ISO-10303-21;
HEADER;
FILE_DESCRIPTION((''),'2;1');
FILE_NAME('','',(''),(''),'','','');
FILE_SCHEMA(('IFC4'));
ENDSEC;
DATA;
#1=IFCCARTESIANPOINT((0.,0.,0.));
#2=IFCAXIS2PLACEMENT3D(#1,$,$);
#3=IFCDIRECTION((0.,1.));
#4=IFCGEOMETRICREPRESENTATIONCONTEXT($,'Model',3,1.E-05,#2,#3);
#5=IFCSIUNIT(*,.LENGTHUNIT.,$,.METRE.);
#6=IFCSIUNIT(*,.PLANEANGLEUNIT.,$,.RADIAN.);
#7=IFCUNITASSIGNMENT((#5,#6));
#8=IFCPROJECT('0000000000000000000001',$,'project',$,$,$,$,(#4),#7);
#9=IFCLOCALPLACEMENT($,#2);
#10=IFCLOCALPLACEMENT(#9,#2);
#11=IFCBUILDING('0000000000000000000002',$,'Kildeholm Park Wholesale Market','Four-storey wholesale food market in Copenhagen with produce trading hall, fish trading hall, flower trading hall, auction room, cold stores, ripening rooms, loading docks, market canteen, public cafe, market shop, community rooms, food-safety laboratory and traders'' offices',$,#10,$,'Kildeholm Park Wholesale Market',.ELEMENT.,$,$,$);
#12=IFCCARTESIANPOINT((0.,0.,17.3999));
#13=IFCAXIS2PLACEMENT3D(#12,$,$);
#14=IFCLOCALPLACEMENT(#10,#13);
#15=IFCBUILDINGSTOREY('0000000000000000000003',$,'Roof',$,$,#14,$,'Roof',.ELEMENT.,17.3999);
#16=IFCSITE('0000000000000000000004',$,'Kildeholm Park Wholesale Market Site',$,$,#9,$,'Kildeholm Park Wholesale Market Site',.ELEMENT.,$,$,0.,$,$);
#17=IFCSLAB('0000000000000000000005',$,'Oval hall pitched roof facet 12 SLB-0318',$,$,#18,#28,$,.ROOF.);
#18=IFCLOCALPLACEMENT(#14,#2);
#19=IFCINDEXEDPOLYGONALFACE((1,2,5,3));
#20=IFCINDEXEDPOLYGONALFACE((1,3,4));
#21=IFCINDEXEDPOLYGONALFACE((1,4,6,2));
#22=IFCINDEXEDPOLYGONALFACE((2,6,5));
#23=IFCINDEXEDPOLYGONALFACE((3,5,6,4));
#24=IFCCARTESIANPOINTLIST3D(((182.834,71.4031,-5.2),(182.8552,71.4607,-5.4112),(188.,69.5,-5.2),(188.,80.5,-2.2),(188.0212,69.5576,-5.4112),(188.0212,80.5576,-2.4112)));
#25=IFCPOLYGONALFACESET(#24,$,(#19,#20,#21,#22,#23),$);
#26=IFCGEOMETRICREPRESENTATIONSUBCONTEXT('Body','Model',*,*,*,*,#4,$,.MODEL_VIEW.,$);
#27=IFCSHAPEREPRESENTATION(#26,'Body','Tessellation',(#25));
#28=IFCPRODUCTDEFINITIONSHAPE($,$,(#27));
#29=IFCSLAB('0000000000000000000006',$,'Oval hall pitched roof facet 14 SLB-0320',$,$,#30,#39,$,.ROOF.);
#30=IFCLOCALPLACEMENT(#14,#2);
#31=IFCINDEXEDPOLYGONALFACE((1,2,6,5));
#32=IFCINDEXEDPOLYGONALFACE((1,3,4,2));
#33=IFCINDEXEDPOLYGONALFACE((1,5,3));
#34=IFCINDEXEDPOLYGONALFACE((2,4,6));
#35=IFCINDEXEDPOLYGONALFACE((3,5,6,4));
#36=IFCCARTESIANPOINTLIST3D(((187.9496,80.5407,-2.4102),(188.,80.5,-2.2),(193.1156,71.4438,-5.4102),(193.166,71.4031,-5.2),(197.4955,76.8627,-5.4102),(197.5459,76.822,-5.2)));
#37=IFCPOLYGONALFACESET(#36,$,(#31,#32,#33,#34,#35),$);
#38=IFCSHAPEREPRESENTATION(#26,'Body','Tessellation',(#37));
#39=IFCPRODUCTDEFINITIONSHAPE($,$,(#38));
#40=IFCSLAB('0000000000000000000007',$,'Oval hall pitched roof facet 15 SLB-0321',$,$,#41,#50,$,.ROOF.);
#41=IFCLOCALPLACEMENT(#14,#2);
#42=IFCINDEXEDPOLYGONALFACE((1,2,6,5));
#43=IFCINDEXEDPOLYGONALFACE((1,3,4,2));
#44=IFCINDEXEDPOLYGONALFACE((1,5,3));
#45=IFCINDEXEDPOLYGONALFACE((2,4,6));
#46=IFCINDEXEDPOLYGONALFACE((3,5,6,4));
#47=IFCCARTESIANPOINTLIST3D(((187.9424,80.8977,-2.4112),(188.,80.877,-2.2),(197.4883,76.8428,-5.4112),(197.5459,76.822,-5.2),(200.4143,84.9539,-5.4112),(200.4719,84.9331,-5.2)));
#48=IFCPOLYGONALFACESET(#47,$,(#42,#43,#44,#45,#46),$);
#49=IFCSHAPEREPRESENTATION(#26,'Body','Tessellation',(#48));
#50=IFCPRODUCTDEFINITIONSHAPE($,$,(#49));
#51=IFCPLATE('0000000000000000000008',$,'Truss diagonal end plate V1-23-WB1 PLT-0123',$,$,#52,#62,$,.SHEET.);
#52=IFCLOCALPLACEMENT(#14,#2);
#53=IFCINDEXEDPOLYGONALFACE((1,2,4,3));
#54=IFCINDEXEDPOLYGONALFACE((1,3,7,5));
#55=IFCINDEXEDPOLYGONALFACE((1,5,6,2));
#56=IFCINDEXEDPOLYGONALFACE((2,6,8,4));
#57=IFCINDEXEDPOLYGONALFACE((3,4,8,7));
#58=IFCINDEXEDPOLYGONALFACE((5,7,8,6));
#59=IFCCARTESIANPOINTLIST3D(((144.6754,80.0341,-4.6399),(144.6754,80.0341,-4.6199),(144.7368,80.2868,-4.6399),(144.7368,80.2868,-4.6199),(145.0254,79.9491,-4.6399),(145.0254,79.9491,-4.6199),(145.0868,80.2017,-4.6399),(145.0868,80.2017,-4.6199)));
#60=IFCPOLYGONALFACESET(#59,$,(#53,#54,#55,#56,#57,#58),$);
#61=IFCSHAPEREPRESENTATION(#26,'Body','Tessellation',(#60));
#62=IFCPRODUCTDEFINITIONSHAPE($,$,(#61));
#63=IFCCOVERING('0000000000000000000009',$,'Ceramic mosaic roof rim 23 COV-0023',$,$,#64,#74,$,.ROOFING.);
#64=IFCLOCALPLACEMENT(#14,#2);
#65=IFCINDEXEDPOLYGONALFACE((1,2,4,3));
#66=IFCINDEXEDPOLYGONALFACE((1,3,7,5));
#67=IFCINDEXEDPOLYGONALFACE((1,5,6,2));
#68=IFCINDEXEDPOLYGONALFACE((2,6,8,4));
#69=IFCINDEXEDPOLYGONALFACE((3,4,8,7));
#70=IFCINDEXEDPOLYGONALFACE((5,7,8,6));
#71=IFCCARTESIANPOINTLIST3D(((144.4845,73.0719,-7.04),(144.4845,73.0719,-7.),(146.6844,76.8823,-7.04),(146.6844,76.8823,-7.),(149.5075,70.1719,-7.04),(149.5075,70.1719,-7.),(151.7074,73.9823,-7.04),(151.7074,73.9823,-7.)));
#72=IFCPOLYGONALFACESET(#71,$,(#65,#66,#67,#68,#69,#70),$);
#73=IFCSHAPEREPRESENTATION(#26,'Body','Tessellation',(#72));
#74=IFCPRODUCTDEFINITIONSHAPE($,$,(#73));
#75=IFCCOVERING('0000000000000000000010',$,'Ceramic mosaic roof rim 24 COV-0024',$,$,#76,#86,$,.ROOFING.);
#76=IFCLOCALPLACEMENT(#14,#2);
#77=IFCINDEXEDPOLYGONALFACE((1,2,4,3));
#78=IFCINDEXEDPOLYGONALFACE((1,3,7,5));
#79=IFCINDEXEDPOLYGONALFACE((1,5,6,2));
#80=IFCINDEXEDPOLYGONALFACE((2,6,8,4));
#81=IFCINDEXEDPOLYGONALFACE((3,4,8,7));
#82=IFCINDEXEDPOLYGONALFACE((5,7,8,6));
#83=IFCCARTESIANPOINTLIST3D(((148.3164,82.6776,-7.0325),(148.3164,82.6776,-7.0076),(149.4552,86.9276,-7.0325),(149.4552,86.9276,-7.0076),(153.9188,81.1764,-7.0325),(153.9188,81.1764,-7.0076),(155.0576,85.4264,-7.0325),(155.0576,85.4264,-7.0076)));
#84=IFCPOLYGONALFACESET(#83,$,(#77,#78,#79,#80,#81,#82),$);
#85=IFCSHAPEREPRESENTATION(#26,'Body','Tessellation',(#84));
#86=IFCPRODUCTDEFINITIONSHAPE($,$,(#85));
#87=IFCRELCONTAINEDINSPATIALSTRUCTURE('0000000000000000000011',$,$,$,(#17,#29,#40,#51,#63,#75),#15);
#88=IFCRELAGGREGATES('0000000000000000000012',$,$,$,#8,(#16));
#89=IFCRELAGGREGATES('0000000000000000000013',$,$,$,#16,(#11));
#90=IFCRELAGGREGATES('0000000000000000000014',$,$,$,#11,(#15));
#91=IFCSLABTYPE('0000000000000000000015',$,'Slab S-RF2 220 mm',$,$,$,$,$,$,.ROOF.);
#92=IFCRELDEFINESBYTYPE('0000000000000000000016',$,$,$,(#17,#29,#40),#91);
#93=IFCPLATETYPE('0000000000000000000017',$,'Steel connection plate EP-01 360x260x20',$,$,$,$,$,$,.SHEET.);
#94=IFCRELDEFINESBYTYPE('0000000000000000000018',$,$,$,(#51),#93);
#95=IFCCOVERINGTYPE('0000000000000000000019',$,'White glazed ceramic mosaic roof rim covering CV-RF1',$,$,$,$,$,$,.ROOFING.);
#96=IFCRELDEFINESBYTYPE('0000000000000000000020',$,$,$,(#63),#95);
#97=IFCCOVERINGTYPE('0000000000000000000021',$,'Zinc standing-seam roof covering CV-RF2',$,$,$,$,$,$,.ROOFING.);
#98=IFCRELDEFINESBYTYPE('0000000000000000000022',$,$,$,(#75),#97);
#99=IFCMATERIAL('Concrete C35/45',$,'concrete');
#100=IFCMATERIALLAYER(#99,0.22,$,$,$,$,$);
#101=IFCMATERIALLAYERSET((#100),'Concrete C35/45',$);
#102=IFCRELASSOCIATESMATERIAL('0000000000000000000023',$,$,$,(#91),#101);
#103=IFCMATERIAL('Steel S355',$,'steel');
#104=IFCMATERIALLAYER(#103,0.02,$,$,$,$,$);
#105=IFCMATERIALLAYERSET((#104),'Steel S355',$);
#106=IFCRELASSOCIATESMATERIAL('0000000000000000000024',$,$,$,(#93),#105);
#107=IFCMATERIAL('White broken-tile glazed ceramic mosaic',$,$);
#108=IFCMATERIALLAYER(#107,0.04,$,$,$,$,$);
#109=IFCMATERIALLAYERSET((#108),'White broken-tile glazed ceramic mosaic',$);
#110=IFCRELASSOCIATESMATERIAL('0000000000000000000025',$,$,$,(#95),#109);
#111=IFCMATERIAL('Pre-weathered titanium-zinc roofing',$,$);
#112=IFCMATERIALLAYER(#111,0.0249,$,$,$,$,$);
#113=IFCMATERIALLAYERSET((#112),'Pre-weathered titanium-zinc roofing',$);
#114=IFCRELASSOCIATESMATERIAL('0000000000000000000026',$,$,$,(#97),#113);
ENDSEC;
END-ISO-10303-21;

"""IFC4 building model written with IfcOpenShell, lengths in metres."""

from ifc_helpers import new_model, si_unit, direction, frame, origin, origin_2d, place, context, subcontext, project, spatial, polyline, rectangle, outline, extrude, material, layer, layer_set, type_object, element, save


model = new_model("IFC4")

# Units and contexts
model_context = context("Model", 3, precision=1e-05, world=origin(), true_north=direction((0.0, 1.0)))
body_context = subcontext(model_context, "Body", "Model", "MODEL_VIEW")
ifc_project = project(units=[si_unit("LENGTHUNIT", "METRE"), si_unit("PLANEANGLEUNIT", "RADIAN")], contexts=[model_context])

# Site, building, storey
site_placement = place(None, origin())
site = spatial("IfcSite", under=ifc_project, at=site_placement, Name="Kildeholm Park Wholesale Market Site", LongName="Kildeholm Park Wholesale Market Site", CompositionType="ELEMENT", RefElevation=0.0)
building_placement = place(site_placement, origin())
building = spatial("IfcBuilding", under=site, at=building_placement, Name="Kildeholm Park Wholesale Market", Description="Four-storey wholesale food market in Copenhagen with produce trading hall, fish trading hall, flower trading hall, auction room, cold stores, ripening rooms, loading docks, market canteen, public cafe, market shop, community rooms, food-safety laboratory and traders' offices", LongName="Kildeholm Park Wholesale Market", CompositionType="ELEMENT")
storey_placement = place(building_placement, frame((0.0, 0.0, 17.3999)))
storey = spatial("IfcBuildingStorey", under=building, at=storey_placement, Name="Roof", LongName="Roof", CompositionType="ELEMENT", Elevation=17.3999)

# Shared definitions
ifc_material_1 = material(Name="Steel S355", Category="steel")

# Slabs
ifc_material_2 = material(Name="Concrete C35/45", Category="concrete")
ifc_layer_1 = layer(ifc_material_2, 0.22)
ifc_layer_set_1 = layer_set([ifc_layer_1], Name="Concrete C35/45")
slab_type = type_object("IfcSlabType", Name="Slab S-RF2 220 mm", PredefinedType="ROOF", material=ifc_layer_set_1)
slab_1_placement = place(storey_placement, frame((182.834, 71.4031, -5.2), z_axis=(-0.096476, -0.26189, 0.960263), x_axis=(0.938354, -0.345675, 0.0)))
element("IfcSlab", 1, at=slab_1_placement, inside=storey, type_object=slab_type, Name="Oval hall pitched roof facet 12 SLB-0318", PredefinedType="ROOF", context=body_context, shape_type="SweptSolid", body=[
    extrude(outline(polyline([(0.0, 0.0), (5.5054, 0.0), (1.703, 10.749), (0.0, 0.0)])), origin(), (0.0, 0.0, -1.0), 0.22),
])
slab_2_placement = place(storey_placement, frame((193.166, 71.4031, -5.2), z_axis=(0.229017, -0.185104, 0.955661), x_axis=(0.628601, 0.777728, 0.0)))
element("IfcSlab", 2, at=slab_2_placement, inside=storey, type_object=slab_type, Name="Oval hall pitched roof facet 14 SLB-0320", PredefinedType="ROOF", context=body_context, shape_type="SweptSolid", body=[
    extrude(outline(polyline([(0.0, 0.0), (6.9677, 0.0), (3.8276, 10.1878), (0.0, 0.0)])), origin(), (0.0, 0.0, -1.0), 0.22),
])
slab_3_placement = place(storey_placement, frame((197.5459, 76.822, -5.2), z_axis=(0.261749, -0.094425, 0.960506), x_axis=(0.339339, 0.940664, 0.0)))
element("IfcSlab", 3, at=slab_3_placement, inside=storey, type_object=slab_type, Name="Oval hall pitched roof facet 15 SLB-0321", PredefinedType="ROOF", context=body_context, shape_type="SweptSolid", body=[
    extrude(outline(polyline([(0.0, 0.0), (8.6227, 0.0), (0.575, 10.7813), (0.0, 0.0)])), origin(), (0.0, 0.0, -1.0), 0.22),
])

# Plate
ifc_layer_2 = layer(ifc_material_1, 0.02)
ifc_layer_set_2 = layer_set([ifc_layer_2], Name="Steel S355")
plate_type = type_object("IfcPlateType", Name="Steel connection plate EP-01 360x260x20", PredefinedType="SHEET", material=ifc_layer_set_2)
plate_placement = place(storey_placement, frame((144.8811, 80.1179, -4.6399), z_axis=(0.0, 0.0, 1.0), x_axis=(-0.971714, 0.23616, 0.0)))
element("IfcPlate", 4, at=plate_placement, inside=storey, type_object=plate_type, Name="Truss diagonal end plate V1-23-WB1 PLT-0123", PredefinedType="SHEET", context=body_context, shape_type="SweptSolid", body=[
    extrude(rectangle(XDim=0.3601, YDim=0.26, at=origin_2d()), origin(), (0.0, 0.0, 1.0), 0.02),
])

# Coverings
ifc_material_3 = material(Name="White broken-tile glazed ceramic mosaic")
ifc_layer_3 = layer(ifc_material_3, 0.04)
ifc_layer_set_3 = layer_set([ifc_layer_3], Name="White broken-tile glazed ceramic mosaic")
covering_type_1 = type_object("IfcCoveringType", Name="White glazed ceramic mosaic roof rim covering CV-RF1", PredefinedType="ROOFING", material=ifc_layer_set_3)
covering_1_placement = place(storey_placement, frame((148.0959, 73.5271, -7.04), z_axis=(0.0, 0.0, 1.0), x_axis=(0.866025, -0.5, 0.0)))
element("IfcCovering", 5, at=covering_1_placement, inside=storey, type_object=covering_type_1, Name="Ceramic mosaic roof rim 23 COV-0023", PredefinedType="ROOFING", context=body_context, shape_type="SweptSolid", body=[
    extrude(rectangle(XDim=5.8, YDim=4.3999, at=origin_2d()), origin(), (0.0, 0.0, 1.0), 0.04),
])
ifc_material_4 = material(Name="Pre-weathered titanium-zinc roofing")
ifc_layer_4 = layer(ifc_material_4, 0.0249)
ifc_layer_set_4 = layer_set([ifc_layer_4], Name="Pre-weathered titanium-zinc roofing")
covering_type_2 = type_object("IfcCoveringType", Name="Zinc standing-seam roof covering CV-RF2", PredefinedType="ROOFING", material=ifc_layer_set_4)
covering_2_placement = place(storey_placement, frame((151.687, 84.052, -7.0325), z_axis=(0.0, 0.0, 1.0), x_axis=(0.965926, -0.258819, 0.0)))
element("IfcCovering", 6, at=covering_2_placement, inside=storey, type_object=covering_type_2, Name="Ceramic mosaic roof rim 24 COV-0024", PredefinedType="ROOFING", context=body_context, shape_type="SweptSolid", body=[
    extrude(rectangle(XDim=5.8, YDim=4.3999, at=origin_2d()), origin(), (0.0, 0.0, 1.0), 0.0249),
])

save(model, "model.ifc")
